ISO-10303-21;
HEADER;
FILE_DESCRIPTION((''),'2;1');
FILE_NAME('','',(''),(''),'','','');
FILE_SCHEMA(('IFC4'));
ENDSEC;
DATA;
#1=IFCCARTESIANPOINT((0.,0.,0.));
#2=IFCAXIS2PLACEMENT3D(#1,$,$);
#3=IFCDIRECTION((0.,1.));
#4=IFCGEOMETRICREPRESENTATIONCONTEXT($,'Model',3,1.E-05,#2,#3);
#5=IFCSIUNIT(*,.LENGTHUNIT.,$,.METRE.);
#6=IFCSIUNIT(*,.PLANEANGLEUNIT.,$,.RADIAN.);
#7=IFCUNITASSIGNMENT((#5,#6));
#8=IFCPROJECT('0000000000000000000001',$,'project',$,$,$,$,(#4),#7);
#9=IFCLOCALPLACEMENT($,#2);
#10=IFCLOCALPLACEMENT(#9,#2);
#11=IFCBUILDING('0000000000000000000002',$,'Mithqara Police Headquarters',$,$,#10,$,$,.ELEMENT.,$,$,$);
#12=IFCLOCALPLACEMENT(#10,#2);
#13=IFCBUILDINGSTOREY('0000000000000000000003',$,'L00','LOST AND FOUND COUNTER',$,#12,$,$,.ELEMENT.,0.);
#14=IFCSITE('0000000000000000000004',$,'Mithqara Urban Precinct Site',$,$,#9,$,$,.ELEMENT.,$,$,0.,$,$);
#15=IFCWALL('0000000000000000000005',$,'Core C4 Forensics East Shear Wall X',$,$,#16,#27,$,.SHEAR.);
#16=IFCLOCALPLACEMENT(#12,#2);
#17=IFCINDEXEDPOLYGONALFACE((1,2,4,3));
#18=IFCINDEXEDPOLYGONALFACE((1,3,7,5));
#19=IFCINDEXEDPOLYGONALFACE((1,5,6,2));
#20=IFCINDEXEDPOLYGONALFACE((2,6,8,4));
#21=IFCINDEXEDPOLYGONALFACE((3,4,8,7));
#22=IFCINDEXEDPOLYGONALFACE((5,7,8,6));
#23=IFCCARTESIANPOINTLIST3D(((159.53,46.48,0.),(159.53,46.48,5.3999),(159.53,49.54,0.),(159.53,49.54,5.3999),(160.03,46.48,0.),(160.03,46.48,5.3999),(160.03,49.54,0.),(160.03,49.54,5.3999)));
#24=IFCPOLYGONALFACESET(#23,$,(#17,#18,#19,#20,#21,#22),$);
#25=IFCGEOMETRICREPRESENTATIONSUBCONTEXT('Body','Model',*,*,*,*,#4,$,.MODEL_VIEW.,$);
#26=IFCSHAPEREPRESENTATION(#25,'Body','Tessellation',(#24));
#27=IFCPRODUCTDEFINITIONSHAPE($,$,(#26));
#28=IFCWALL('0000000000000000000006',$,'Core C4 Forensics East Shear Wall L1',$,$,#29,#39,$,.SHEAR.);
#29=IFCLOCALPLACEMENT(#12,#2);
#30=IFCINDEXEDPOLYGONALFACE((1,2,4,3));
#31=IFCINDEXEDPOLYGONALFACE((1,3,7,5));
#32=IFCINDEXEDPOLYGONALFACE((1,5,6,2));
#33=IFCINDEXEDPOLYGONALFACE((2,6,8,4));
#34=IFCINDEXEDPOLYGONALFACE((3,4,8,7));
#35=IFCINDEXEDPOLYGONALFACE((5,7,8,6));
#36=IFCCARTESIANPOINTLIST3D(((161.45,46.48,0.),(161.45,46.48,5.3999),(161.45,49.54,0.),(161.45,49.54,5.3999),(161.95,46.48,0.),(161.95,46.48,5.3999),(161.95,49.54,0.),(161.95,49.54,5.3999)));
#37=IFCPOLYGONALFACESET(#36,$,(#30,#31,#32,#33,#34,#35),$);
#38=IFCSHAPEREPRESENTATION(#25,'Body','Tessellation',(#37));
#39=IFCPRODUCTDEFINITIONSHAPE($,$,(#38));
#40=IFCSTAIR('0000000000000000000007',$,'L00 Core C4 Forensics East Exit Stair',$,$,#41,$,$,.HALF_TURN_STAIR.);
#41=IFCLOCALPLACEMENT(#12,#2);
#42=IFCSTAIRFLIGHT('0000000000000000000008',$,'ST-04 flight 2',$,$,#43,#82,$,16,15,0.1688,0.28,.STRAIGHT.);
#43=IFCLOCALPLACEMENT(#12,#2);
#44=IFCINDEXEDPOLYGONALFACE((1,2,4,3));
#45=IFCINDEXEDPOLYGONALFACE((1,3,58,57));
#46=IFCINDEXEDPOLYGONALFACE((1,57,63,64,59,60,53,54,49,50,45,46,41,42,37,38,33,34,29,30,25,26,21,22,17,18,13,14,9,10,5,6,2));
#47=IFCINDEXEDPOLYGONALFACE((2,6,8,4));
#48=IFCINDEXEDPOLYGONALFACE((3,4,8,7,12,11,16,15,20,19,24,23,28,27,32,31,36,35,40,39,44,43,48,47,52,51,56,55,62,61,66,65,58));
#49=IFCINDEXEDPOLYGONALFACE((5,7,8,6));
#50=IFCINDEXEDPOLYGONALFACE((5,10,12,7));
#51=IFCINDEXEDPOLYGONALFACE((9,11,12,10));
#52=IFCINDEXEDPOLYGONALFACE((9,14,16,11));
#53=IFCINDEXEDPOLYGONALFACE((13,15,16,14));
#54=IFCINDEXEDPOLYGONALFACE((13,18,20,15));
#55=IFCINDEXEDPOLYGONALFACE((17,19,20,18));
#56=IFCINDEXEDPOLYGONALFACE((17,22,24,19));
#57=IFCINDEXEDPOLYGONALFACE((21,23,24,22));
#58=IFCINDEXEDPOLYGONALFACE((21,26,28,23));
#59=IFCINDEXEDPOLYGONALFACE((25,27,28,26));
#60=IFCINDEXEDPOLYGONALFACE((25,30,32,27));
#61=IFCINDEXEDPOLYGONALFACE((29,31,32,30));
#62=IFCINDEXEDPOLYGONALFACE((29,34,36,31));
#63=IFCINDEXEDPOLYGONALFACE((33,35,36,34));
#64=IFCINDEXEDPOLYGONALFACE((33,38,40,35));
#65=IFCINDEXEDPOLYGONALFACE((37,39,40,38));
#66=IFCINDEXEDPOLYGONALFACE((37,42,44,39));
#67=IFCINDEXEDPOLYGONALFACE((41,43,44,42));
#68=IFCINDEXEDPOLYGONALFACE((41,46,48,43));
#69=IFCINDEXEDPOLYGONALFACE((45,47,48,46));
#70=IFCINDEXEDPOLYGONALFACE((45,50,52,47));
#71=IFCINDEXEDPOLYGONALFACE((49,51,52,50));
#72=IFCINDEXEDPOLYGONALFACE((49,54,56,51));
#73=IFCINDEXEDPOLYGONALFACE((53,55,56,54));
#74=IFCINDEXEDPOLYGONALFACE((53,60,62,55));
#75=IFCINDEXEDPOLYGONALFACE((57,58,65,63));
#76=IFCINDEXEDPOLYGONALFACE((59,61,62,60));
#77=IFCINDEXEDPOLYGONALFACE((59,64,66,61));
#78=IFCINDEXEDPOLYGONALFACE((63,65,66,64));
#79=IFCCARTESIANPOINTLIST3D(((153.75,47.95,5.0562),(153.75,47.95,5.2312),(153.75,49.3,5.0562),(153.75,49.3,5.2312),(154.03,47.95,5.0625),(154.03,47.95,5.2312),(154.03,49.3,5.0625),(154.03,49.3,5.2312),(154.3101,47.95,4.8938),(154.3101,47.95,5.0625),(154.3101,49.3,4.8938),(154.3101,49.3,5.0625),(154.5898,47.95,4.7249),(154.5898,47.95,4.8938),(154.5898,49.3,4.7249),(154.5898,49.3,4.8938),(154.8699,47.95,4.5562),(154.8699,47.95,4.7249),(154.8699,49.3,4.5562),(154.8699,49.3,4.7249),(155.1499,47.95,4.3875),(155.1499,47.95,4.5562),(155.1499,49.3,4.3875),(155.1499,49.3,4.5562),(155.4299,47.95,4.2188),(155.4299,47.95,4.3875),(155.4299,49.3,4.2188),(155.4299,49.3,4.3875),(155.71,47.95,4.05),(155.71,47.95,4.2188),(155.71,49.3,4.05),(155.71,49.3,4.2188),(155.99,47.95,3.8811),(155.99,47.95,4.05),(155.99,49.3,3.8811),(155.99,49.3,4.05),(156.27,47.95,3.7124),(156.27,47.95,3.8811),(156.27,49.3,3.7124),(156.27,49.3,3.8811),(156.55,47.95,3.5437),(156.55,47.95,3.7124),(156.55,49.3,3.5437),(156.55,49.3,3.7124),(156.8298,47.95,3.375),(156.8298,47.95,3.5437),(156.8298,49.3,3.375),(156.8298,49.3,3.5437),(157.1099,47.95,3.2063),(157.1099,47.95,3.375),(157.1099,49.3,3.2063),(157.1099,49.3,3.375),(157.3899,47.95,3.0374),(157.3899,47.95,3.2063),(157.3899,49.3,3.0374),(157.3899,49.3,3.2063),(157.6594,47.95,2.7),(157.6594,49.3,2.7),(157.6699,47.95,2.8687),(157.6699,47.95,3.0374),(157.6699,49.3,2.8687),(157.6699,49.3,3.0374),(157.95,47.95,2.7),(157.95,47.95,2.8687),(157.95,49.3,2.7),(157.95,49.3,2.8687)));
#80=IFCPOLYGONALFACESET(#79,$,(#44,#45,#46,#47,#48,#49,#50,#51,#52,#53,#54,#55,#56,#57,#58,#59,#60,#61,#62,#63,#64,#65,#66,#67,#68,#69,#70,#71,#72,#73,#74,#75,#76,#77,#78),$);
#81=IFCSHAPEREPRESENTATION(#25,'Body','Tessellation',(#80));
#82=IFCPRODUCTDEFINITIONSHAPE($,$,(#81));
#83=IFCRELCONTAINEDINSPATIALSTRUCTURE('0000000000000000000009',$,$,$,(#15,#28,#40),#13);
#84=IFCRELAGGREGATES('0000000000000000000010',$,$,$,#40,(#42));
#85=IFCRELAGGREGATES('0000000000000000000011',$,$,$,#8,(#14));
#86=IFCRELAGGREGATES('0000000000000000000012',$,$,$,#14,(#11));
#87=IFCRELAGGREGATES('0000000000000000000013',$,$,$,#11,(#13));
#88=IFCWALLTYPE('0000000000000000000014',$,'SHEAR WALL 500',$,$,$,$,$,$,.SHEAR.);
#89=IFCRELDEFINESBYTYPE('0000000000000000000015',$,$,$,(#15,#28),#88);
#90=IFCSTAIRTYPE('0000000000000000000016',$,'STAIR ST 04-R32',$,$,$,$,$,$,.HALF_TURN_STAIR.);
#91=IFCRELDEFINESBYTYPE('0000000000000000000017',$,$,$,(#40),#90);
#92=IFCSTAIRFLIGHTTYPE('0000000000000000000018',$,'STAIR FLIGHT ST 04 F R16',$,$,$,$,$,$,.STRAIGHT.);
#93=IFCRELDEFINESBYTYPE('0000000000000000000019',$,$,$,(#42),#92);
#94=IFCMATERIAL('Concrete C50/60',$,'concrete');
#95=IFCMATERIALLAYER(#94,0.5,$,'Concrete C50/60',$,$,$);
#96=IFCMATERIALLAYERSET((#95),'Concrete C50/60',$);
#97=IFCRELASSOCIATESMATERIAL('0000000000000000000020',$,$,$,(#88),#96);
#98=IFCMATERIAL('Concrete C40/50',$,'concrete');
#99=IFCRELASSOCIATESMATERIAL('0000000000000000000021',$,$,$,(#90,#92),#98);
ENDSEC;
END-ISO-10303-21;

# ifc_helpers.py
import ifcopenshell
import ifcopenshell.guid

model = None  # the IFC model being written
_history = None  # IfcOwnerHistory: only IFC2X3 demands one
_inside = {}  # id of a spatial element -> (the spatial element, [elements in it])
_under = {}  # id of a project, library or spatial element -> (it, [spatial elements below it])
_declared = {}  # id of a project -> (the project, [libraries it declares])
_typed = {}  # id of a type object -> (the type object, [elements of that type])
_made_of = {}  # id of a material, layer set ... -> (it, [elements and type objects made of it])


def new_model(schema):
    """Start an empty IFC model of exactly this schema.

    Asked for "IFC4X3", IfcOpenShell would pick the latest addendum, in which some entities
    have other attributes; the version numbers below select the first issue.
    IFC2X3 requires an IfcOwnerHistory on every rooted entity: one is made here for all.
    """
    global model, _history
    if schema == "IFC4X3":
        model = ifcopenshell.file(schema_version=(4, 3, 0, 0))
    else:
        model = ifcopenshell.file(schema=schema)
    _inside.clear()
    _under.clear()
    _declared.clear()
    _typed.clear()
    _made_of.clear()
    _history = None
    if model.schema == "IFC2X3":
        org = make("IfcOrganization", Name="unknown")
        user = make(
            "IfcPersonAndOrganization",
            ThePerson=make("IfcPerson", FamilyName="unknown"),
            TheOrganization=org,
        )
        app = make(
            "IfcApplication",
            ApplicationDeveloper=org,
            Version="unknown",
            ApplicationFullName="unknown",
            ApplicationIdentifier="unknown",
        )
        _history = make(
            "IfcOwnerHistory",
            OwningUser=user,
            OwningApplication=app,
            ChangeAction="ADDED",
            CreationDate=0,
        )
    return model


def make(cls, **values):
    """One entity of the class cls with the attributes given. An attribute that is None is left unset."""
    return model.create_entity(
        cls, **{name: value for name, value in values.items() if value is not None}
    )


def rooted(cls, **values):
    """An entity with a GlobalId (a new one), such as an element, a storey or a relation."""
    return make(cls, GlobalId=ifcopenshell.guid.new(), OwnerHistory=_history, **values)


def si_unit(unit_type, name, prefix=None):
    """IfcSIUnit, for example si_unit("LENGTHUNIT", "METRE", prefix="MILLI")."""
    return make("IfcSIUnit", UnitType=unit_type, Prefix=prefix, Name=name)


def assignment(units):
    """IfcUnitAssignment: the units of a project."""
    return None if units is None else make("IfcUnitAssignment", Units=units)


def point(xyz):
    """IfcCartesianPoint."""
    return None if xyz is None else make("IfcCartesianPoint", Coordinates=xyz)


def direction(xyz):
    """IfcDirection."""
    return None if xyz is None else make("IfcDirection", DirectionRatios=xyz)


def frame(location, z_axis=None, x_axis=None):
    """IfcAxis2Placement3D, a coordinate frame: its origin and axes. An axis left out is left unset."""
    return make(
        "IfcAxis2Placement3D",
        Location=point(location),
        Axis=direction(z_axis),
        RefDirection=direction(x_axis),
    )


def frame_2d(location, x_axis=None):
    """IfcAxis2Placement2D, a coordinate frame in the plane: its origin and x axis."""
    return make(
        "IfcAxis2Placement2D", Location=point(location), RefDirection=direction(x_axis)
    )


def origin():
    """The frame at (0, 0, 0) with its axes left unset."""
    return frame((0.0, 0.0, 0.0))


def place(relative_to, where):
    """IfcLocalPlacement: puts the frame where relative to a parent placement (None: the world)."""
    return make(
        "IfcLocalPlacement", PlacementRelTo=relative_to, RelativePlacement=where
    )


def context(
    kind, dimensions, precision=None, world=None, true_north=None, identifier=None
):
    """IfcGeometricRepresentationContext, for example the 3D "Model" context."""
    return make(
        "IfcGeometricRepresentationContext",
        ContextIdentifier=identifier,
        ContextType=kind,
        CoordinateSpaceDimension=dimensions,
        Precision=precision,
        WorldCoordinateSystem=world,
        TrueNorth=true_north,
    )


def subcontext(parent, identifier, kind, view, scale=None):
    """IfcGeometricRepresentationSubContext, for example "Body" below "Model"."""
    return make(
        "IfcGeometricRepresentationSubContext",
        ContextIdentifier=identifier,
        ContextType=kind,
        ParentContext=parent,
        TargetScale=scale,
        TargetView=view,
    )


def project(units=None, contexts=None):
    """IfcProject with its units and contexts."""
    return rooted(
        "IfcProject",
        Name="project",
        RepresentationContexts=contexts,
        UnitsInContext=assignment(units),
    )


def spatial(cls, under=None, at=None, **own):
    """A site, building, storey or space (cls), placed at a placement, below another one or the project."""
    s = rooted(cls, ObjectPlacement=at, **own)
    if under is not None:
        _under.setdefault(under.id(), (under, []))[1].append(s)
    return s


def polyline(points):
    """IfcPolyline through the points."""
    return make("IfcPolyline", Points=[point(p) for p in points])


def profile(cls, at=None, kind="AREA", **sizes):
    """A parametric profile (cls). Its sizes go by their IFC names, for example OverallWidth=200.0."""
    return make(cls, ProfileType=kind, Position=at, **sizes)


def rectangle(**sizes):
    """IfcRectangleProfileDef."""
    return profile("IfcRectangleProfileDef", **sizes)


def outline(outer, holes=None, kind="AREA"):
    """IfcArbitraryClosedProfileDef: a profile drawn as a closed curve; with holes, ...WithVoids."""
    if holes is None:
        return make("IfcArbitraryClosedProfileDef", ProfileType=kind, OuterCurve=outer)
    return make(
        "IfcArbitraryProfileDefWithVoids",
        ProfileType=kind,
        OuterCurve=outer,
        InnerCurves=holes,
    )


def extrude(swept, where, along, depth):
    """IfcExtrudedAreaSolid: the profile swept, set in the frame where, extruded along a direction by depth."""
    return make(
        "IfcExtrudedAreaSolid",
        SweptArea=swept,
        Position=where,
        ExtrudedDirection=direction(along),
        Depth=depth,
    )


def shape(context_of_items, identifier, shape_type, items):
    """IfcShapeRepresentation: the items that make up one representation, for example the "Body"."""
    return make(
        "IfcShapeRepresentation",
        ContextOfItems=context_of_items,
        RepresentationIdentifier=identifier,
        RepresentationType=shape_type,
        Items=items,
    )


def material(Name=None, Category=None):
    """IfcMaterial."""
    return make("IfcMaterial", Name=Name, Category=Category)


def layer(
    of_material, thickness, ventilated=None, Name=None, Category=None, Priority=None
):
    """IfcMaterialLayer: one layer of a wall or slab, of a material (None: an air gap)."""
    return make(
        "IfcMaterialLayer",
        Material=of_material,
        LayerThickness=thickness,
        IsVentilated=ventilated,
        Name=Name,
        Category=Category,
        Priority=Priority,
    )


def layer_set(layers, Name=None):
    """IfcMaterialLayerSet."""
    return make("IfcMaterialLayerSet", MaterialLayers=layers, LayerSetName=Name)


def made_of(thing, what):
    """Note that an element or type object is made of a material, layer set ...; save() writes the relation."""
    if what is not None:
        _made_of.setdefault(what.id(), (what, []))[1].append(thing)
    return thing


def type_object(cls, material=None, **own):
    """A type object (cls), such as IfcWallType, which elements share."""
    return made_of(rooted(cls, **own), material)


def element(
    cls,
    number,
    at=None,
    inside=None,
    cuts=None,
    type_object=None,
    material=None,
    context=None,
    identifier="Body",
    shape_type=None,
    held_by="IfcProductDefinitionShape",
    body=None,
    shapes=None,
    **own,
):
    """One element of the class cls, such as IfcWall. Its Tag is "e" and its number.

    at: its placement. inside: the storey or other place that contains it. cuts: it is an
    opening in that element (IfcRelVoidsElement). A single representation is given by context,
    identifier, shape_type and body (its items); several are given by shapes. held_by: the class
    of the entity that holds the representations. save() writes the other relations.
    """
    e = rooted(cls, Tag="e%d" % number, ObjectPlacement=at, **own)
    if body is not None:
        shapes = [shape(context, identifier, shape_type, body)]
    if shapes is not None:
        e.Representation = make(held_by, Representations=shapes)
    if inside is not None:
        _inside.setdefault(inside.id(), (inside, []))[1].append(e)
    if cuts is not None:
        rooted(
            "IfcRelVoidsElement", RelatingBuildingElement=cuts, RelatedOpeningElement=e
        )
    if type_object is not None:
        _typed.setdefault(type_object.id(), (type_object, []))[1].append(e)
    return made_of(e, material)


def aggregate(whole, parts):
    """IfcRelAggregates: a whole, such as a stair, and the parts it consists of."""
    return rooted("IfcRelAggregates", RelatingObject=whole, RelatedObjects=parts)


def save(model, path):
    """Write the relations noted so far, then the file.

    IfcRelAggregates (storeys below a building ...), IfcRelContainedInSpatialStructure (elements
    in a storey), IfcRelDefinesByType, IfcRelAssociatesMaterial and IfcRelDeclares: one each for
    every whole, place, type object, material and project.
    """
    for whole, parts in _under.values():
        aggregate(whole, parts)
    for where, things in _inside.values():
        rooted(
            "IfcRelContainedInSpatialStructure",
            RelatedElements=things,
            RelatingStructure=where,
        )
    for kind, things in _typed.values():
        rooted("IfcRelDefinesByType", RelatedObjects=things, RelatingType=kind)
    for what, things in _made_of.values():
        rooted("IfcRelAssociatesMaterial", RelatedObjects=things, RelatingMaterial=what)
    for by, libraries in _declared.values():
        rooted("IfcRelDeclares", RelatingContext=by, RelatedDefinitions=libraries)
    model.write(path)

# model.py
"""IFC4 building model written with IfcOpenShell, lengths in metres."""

from ifc_helpers import new_model, si_unit, direction, frame, frame_2d, origin, place, context, subcontext, project, spatial, polyline, rectangle, outline, extrude, material, layer, layer_set, type_object, element, aggregate, save


model = new_model("IFC4")

# Units and contexts
model_context = context("Model", 3, precision=1e-05, world=origin(), true_north=direction((0.0, 1.0)))
body_context = subcontext(model_context, "Body", "Model", "MODEL_VIEW")
ifc_project = project(units=[si_unit("LENGTHUNIT", "METRE"), si_unit("PLANEANGLEUNIT", "RADIAN")], contexts=[model_context])

# Site, building, storey
site_placement = place(None, origin())
site = spatial("IfcSite", under=ifc_project, at=site_placement, Name="Mithqara Urban Precinct Site", CompositionType="ELEMENT", RefElevation=0.0)
building_placement = place(site_placement, origin())
building = spatial("IfcBuilding", under=site, at=building_placement, Name="Mithqara Police Headquarters", CompositionType="ELEMENT")
storey_placement = place(building_placement, origin())
storey = spatial("IfcBuildingStorey", under=building, at=storey_placement, Name="L00", Description="LOST AND FOUND COUNTER", CompositionType="ELEMENT", Elevation=0.0)

# Shared definitions
ifc_material_1 = material(Name="Concrete C50/60", Category="concrete")

# Shared definitions
ifc_material_2 = material(Name="Concrete C40/50", Category="concrete")

# Walls
ifc_layer_1 = layer(ifc_material_1, 0.5, Name="Concrete C50/60")
ifc_layer_set_1 = layer_set([ifc_layer_1], Name="Concrete C50/60")
wall_type_1 = type_object("IfcWallType", Name="SHEAR WALL 500", PredefinedType="SHEAR", material=ifc_layer_set_1)
for number, where, z_axis, x_axis, name in (
    (1, (159.78, 46.48, 0.0), (0.0, 0.0, 1.0), (0.0, 1.0, 0.0), "Core C4 Forensics East Shear Wall X"),
    (2, (161.7, 46.48, 0.0), (0.0, 0.0, 1.0), (0.0, 1.0, 0.0), "Core C4 Forensics East Shear Wall L1"),
):
    element("IfcWall", number, at=place(storey_placement, frame(where, z_axis=z_axis, x_axis=x_axis)), inside=storey, type_object=wall_type_1, Name=name, PredefinedType="SHEAR", context=body_context, shape_type="SweptSolid", body=[
        extrude(rectangle(XDim=3.0601, YDim=0.5, at=frame_2d((1.53, 0.0))), origin(), (0.0, 0.0, 1.0), 5.3999),
    ])

# Stair, stair flight
stair_type = type_object("IfcStairType", Name="STAIR ST 04-R32", PredefinedType="HALF_TURN_STAIR", material=ifc_material_2)
stair_placement = place(storey_placement, origin())
stair = element("IfcStair", 3, at=stair_placement, inside=storey, type_object=stair_type, Name="L00 Core C4 Forensics East Exit Stair", PredefinedType="HALF_TURN_STAIR")
stair_flight_type = type_object("IfcStairFlightType", Name="STAIR FLIGHT ST 04 F R16", PredefinedType="STRAIGHT", material=ifc_material_2)
stair_flight_placement = place(storey_placement, frame((157.95, 48.625, 2.7), z_axis=(0.0, 0.0, 1.0), x_axis=(-1.0, 0.0, 0.0)))
stair_flight = element("IfcStairFlight", 4, at=stair_flight_placement, type_object=stair_flight_type, Name="ST-04 flight 2", NumberOfRisers=16, NumberOfTreads=15, PredefinedType="STRAIGHT", RiserHeight=0.1688, TreadLength=0.28, context=body_context, shape_type="SweptSolid", body=[
    extrude(outline(polyline([(0.0, 0.0), (0.0, 0.1687), (0.28, 0.1687), (0.28, 0.3374), (0.5601, 0.3374), (0.5601, 0.5063), (0.8401, 0.5063), (0.8401, 0.675), (1.1201, 0.675), (1.1201, 0.8438), (1.3999, 0.8438), (1.3999, 1.0125), (1.6799, 1.0125), (1.6799, 1.1812), (1.96, 1.1812), (1.96, 1.3501), (2.24, 1.3501), (2.24, 1.5188), (2.52, 1.5188), (2.52, 1.6875), (2.8, 1.6875), (2.8, 1.8562), (3.0801, 1.8562), (3.0801, 2.0249), (3.3601, 2.0249), (3.3601, 2.1938), (3.6399, 2.1938), (3.6399, 2.3625), (3.9199, 2.3625), (3.9199, 2.5312), (4.2, 2.5312), (4.2, 2.7), (4.2, 2.3562), (0.2905, 0.0), (0.0, 0.0)])), frame((0.0, 0.675, 0.0), z_axis=(0.0, -1.0, 0.0), x_axis=(1.0, 0.0, 0.0)), (0.0, 0.0, 1.0), 1.3501),
])
aggregate(stair, [stair_flight])

save(model, "model.ifc")
